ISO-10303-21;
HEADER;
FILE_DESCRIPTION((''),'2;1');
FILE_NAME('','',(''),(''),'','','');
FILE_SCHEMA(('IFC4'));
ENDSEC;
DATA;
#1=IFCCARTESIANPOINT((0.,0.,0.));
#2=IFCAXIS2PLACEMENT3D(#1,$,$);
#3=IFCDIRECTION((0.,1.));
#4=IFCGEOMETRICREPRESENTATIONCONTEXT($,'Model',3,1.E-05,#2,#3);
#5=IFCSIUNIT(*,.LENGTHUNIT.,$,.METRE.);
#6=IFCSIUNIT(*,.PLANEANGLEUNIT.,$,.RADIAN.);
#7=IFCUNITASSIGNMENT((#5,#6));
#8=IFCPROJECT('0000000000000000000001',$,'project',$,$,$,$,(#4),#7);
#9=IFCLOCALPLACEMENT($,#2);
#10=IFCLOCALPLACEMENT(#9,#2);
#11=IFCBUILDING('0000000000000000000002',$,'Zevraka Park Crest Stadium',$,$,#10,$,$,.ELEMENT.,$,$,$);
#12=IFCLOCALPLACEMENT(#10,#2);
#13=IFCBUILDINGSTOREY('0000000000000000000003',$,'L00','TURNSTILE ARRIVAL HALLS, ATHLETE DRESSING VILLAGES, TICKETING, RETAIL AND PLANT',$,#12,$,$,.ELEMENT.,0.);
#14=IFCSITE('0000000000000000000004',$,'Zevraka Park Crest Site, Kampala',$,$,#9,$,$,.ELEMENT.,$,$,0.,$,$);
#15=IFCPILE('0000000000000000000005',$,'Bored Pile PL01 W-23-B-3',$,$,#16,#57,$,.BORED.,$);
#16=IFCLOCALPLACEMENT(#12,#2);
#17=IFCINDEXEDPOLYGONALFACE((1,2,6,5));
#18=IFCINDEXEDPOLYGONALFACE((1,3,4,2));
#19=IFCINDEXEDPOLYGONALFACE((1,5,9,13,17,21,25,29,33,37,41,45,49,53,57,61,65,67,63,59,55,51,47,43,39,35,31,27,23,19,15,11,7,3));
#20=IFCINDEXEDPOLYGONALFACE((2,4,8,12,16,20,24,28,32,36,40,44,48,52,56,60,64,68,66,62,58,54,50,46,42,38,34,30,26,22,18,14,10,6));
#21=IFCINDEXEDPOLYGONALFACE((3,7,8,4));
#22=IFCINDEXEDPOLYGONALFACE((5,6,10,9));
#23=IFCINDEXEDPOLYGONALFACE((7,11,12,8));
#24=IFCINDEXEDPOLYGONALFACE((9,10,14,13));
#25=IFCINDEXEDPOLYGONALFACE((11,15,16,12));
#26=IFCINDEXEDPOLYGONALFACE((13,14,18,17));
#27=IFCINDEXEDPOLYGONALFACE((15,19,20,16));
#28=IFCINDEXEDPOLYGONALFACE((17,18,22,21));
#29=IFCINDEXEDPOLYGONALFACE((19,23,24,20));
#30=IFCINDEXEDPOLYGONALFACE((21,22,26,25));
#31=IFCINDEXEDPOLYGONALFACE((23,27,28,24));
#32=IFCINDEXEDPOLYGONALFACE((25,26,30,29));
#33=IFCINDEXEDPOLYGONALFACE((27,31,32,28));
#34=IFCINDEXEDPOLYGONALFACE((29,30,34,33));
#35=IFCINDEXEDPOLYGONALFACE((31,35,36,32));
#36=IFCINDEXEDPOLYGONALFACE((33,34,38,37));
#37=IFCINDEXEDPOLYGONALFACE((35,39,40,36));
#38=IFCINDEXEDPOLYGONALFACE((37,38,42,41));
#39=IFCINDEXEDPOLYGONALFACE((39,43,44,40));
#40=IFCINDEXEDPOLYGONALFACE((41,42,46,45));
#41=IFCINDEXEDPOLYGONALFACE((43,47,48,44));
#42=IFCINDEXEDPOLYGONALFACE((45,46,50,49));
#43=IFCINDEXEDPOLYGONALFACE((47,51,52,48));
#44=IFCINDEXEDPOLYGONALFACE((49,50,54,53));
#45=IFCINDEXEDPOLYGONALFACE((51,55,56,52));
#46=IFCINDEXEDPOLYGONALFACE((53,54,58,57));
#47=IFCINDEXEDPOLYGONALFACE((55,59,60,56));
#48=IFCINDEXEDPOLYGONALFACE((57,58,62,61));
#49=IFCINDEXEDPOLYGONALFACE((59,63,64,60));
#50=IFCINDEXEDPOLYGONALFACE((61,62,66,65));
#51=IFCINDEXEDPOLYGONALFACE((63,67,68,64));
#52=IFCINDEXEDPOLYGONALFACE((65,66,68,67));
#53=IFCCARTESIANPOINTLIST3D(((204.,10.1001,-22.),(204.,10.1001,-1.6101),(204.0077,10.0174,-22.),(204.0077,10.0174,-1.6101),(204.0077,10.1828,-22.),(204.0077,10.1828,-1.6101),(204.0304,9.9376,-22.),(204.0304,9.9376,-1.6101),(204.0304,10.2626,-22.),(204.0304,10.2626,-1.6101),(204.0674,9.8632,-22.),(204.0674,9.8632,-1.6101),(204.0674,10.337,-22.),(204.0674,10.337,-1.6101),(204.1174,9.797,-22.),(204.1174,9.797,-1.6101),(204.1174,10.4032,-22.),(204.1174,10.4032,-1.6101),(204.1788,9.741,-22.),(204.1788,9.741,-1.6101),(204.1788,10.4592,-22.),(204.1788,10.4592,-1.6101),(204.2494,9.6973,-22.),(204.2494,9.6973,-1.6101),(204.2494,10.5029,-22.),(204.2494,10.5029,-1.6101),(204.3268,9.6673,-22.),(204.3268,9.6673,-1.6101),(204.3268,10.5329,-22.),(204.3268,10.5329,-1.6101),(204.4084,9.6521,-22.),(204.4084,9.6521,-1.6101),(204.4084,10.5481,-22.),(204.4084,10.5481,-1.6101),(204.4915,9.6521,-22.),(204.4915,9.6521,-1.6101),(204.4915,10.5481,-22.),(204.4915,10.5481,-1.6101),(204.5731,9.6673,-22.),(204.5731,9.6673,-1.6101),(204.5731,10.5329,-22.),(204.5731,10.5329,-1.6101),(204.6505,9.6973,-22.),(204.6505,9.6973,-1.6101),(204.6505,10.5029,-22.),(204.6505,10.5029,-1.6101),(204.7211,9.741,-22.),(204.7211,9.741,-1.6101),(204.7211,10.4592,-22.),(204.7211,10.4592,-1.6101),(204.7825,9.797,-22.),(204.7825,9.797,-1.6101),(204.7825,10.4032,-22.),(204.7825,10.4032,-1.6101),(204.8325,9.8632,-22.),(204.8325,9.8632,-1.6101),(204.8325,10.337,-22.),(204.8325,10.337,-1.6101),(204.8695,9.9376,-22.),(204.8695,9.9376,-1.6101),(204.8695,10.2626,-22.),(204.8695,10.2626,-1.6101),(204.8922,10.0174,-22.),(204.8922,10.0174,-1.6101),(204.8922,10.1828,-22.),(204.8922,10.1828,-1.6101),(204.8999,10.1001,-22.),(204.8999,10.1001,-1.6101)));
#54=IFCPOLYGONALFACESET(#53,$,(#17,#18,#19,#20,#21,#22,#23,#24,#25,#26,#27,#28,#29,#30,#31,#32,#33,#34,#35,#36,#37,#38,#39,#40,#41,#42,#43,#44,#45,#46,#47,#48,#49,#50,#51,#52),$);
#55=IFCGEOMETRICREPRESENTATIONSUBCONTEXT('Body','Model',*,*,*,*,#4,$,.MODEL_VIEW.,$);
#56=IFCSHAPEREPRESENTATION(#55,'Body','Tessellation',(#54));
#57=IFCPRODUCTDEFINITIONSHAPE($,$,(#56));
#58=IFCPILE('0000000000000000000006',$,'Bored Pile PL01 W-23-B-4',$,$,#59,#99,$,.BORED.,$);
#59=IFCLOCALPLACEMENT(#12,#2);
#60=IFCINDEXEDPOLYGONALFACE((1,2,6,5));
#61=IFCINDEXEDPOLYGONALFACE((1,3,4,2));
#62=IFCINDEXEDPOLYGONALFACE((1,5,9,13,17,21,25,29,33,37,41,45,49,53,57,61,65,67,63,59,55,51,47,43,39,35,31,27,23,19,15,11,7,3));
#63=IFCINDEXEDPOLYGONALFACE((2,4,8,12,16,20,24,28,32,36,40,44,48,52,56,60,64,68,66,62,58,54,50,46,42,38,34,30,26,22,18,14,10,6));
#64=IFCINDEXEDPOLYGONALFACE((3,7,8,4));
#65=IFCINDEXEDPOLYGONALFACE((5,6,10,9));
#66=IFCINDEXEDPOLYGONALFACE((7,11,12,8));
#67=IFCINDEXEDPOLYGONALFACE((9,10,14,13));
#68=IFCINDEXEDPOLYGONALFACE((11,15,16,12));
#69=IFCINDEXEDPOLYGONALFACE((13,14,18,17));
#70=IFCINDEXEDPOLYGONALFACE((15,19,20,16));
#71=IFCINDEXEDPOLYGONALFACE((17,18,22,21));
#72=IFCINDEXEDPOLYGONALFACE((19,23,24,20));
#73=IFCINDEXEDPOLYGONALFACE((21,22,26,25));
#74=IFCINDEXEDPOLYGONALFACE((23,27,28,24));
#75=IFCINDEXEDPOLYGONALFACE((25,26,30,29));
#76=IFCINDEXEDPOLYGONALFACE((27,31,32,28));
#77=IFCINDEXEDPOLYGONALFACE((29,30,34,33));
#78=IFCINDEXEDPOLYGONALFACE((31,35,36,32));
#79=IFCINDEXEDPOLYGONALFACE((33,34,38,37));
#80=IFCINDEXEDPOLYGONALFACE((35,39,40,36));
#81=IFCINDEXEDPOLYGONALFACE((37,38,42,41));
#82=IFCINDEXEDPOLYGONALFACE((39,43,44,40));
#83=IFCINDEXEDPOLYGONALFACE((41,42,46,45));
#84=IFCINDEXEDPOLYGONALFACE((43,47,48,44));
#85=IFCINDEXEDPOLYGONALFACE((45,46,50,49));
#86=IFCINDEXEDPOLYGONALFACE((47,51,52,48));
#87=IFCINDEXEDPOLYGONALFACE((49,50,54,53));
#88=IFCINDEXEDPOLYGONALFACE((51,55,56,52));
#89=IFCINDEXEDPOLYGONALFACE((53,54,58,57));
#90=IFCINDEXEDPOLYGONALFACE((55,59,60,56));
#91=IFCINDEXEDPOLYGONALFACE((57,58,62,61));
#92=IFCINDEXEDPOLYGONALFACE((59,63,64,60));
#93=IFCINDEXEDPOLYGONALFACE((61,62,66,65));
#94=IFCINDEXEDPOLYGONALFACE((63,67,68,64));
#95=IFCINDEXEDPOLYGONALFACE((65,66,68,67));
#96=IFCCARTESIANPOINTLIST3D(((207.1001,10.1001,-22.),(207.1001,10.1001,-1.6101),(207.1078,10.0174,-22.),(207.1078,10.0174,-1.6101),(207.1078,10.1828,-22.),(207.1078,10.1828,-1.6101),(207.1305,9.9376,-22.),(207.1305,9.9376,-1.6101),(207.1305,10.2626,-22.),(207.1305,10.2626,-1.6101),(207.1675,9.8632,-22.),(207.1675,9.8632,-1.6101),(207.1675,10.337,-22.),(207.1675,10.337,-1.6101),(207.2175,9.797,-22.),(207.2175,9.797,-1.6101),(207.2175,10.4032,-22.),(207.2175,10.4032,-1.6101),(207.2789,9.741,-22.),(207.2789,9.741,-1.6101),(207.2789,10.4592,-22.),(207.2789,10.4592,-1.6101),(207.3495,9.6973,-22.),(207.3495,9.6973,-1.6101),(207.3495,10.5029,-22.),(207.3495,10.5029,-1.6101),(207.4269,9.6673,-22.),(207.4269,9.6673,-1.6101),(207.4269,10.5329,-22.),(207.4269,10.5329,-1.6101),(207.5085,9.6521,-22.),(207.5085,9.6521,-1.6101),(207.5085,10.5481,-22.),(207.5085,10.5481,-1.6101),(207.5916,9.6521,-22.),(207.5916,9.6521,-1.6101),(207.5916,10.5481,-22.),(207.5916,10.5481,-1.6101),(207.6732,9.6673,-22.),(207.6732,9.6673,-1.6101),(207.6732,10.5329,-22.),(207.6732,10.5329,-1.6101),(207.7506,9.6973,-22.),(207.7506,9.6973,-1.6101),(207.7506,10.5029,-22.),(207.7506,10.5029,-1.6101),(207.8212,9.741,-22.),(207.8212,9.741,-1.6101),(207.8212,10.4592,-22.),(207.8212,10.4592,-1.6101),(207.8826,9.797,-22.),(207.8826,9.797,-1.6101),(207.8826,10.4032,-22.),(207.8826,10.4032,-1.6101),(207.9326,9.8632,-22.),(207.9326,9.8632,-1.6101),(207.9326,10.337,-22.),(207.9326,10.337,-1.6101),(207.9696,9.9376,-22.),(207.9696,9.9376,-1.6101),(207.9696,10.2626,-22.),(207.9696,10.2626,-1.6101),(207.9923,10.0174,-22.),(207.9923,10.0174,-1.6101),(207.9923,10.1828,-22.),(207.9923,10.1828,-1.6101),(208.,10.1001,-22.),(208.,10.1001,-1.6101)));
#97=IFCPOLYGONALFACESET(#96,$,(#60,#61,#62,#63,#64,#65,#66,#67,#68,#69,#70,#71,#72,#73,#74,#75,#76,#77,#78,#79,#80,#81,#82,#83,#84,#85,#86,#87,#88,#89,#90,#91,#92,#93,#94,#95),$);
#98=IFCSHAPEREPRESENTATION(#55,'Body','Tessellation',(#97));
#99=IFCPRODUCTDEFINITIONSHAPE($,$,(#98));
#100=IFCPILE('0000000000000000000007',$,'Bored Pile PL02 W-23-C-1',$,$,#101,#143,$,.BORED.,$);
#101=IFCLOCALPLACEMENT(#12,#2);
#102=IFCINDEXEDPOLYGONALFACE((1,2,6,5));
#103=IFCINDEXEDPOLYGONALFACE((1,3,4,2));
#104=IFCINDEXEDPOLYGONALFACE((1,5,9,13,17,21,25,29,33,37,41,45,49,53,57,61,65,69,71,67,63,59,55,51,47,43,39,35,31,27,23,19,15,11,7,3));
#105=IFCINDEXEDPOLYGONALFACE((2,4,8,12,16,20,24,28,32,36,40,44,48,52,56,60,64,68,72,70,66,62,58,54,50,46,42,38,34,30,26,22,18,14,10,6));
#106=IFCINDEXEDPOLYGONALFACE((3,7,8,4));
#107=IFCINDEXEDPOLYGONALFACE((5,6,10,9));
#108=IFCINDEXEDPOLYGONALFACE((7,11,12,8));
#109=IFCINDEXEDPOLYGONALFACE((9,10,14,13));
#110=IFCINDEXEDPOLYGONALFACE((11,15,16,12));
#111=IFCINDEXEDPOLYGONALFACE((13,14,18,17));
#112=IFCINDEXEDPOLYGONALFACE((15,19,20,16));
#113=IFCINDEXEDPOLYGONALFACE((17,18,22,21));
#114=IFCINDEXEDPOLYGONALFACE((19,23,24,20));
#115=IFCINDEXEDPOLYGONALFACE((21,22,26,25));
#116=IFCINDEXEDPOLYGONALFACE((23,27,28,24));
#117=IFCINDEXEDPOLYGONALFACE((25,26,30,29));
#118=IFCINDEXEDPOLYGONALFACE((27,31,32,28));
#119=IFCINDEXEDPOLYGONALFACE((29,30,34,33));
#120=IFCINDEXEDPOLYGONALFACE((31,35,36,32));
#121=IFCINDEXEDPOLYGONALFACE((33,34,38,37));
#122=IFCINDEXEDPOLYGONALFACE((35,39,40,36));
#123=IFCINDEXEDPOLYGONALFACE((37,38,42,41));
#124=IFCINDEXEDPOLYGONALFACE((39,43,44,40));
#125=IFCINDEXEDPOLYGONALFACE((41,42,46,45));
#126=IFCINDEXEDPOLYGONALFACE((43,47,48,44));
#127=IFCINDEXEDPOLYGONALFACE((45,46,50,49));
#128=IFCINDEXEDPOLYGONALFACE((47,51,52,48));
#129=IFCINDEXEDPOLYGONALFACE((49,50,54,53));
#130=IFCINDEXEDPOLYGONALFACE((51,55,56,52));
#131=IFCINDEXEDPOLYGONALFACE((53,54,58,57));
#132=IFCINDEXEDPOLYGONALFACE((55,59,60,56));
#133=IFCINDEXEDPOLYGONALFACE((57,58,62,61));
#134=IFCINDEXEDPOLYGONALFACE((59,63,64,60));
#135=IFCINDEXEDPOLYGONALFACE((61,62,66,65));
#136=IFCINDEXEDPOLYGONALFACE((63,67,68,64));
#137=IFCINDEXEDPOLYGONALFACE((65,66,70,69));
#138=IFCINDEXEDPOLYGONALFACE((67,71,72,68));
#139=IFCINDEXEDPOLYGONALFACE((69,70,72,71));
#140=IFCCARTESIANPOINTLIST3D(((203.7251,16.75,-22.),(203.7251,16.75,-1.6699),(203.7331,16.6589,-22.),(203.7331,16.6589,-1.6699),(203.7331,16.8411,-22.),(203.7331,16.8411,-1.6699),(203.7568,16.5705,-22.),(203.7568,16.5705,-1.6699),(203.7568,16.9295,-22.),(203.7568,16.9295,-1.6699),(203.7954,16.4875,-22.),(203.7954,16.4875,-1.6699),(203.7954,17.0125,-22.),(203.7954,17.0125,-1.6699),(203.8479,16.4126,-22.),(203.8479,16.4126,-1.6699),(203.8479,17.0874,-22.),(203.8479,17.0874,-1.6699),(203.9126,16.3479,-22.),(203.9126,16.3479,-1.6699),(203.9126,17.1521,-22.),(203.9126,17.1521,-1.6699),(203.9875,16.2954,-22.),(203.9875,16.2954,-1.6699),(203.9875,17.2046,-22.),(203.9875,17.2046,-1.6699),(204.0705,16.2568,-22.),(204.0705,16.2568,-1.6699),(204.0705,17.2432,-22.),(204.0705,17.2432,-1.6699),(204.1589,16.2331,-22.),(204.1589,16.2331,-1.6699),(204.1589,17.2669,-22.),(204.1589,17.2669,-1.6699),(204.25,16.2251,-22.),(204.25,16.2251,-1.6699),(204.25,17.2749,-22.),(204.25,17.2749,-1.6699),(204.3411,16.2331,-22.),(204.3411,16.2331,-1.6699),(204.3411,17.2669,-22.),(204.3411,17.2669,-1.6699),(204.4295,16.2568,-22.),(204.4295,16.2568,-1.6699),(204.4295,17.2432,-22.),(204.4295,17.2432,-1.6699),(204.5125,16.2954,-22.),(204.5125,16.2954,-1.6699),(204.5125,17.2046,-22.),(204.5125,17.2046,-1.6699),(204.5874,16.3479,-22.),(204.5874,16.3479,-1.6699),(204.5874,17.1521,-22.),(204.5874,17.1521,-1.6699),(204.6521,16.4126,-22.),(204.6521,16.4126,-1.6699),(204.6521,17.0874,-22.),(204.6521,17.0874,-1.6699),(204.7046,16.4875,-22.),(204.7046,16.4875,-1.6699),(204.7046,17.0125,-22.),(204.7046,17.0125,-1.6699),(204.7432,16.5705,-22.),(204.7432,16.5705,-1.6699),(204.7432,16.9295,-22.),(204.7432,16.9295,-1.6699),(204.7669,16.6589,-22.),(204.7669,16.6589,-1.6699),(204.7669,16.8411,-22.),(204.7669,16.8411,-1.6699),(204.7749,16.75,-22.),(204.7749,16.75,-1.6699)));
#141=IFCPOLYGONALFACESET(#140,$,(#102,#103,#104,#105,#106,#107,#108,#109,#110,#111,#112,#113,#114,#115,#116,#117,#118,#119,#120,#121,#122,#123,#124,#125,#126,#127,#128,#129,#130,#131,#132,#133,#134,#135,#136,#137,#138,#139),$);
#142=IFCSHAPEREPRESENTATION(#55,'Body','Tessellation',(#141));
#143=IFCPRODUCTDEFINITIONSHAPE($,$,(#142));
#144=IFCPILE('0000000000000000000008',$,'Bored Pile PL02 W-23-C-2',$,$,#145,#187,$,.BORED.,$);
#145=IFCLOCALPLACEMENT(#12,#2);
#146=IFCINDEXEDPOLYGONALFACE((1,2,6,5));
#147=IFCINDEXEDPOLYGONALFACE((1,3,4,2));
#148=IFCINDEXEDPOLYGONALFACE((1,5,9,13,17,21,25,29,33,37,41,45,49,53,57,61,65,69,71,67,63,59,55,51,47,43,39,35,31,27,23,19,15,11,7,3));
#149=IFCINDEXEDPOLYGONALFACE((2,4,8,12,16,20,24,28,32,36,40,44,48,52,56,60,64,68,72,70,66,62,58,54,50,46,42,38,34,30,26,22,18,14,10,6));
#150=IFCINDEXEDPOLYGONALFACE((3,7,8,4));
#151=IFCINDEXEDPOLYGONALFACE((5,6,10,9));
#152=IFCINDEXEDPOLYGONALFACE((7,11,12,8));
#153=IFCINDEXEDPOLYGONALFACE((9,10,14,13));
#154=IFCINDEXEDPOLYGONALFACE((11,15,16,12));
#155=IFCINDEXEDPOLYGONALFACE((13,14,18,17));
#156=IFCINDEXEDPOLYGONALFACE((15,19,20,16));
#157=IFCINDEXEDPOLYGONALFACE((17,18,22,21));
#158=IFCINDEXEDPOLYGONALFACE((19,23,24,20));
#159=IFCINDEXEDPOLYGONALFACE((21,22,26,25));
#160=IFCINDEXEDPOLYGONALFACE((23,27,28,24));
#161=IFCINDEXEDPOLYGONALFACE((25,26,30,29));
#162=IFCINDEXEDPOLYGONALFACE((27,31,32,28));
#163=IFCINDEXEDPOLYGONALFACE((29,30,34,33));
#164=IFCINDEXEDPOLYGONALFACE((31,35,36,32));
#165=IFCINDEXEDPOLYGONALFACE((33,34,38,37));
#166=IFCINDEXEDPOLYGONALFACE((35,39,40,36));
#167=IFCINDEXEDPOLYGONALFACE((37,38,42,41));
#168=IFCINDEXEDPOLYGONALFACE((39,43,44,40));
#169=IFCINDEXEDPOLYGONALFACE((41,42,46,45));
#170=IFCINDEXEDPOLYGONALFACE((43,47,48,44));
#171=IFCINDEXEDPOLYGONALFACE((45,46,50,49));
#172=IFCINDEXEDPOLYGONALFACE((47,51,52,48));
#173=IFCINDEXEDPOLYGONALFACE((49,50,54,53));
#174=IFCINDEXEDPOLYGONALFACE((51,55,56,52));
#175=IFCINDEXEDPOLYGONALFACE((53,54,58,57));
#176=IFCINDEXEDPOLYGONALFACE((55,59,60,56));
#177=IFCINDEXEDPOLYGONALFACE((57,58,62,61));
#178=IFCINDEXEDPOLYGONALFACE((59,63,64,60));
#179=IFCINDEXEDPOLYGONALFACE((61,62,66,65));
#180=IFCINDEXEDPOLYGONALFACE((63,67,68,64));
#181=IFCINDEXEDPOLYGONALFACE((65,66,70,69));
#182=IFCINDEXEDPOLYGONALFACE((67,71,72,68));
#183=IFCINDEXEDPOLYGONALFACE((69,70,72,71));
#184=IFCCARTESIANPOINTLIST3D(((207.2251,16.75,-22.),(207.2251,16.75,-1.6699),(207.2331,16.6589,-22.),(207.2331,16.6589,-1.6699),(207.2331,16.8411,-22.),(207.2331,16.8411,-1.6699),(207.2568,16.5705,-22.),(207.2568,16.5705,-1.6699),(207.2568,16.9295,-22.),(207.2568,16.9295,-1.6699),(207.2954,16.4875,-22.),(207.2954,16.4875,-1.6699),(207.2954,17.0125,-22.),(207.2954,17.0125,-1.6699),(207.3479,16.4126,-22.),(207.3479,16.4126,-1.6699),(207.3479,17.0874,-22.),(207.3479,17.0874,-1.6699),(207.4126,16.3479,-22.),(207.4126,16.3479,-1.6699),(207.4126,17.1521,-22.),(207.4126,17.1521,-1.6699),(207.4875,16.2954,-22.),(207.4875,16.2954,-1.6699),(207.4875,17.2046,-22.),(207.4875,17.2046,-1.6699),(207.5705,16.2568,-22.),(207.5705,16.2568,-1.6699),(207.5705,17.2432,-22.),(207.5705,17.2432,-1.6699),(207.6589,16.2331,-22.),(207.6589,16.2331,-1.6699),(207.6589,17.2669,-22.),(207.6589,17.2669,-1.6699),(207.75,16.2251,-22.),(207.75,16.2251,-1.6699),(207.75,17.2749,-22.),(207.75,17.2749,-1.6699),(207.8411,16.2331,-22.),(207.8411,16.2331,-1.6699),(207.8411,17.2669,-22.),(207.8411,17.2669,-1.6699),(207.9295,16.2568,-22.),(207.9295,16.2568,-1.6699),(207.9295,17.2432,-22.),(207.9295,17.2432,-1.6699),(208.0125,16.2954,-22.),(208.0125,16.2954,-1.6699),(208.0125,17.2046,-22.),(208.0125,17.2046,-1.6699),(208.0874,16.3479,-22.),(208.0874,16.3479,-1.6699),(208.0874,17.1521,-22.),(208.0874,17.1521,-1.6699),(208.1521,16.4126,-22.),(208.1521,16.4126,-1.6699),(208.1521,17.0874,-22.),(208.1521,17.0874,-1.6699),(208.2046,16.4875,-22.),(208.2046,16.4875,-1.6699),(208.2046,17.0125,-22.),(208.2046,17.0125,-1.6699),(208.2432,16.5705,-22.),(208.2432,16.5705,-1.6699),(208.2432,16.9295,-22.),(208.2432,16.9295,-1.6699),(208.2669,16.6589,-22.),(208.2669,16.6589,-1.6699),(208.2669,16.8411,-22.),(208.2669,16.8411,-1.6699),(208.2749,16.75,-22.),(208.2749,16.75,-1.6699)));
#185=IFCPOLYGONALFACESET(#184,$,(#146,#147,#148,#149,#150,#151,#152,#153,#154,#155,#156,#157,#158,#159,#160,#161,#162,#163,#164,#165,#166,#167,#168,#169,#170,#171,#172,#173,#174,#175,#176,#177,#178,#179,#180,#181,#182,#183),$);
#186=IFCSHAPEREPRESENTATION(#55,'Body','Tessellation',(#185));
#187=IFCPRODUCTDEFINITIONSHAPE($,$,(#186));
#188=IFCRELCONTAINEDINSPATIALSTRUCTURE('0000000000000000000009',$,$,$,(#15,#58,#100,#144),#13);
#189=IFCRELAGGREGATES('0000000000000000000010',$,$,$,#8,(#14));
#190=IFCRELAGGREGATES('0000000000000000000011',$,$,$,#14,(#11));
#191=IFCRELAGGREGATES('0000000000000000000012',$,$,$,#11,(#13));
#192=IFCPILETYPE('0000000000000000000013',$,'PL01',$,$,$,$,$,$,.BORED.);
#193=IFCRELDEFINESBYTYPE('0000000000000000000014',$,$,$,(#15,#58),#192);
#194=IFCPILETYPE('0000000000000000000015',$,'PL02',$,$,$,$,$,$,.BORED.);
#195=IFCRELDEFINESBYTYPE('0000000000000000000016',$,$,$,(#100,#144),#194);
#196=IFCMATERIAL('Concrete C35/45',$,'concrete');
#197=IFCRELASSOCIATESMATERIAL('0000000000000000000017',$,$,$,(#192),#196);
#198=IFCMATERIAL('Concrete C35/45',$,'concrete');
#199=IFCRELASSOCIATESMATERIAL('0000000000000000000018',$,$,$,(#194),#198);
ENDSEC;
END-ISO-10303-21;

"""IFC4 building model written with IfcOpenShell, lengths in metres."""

from ifc_helpers import new_model, si_unit, direction, frame, origin, origin_2d, place, context, subcontext, project, spatial, circle, extrude, material, material_profile, profile_set, type_object, element, save


model = new_model("IFC4")

# Units and contexts
model_context = context("Model", 3, precision=1e-05, world=origin(), true_north=direction((0.0, 1.0)))
body_context = subcontext(model_context, "Body", "Model", "MODEL_VIEW")
ifc_project = project(units=[si_unit("LENGTHUNIT", "METRE"), si_unit("PLANEANGLEUNIT", "RADIAN")], contexts=[model_context])

# Site, building, storey
site_placement = place(None, origin())
site = spatial("IfcSite", under=ifc_project, at=site_placement, Name="Zevraka Park Crest Site, Kampala", CompositionType="ELEMENT", RefElevation=0.0)
building_placement = place(site_placement, origin())
building = spatial("IfcBuilding", under=site, at=building_placement, Name="Zevraka Park Crest Stadium", CompositionType="ELEMENT")
storey_placement = place(building_placement, origin())
storey = spatial("IfcBuildingStorey", under=building, at=storey_placement, Name="L00", Description="TURNSTILE ARRIVAL HALLS, ATHLETE DRESSING VILLAGES, TICKETING, RETAIL AND PLANT", CompositionType="ELEMENT", Elevation=0.0)

# Piles
ifc_material_1 = material(Name="Concrete C35/45", Category="concrete")
ifc_material_profile_1 = material_profile(ifc_material_1, circle(Radius=0.45, at=origin_2d()), Name="PILE D900")
ifc_profile_set_1 = profile_set([ifc_material_profile_1], Name="Concrete C35/45")
pile_type_1 = type_object("IfcPileType", Name="PL01", PredefinedType="BORED", material=ifc_profile_set_1)
for number, where, z_axis, x_axis, name in (
    (1, (204.45, 10.1001, -1.6101), (0.0, 0.0, -1.0), (1.0, 0.0, 0.0), "Bored Pile PL01 W-23-B-3"),
    (2, (207.55, 10.1001, -1.6101), (0.0, 0.0, -1.0), (1.0, 0.0, 0.0), "Bored Pile PL01 W-23-B-4"),
):
    element("IfcPile", number, at=place(storey_placement, frame(where, z_axis=z_axis, x_axis=x_axis)), inside=storey, type_object=pile_type_1, Name=name, PredefinedType="BORED", context=body_context, shape_type="SweptSolid", body=[
        extrude(circle(Radius=0.45, at=origin_2d()), origin(), (0.0, 0.0, 1.0), 20.3899),
    ])
ifc_material_2 = material(Name="Concrete C35/45", Category="concrete")
ifc_material_profile_2 = material_profile(ifc_material_2, circle(Radius=0.5249, at=origin_2d()), Name="PILE D1050")
ifc_profile_set_2 = profile_set([ifc_material_profile_2], Name="Concrete C35/45")
pile_type_2 = type_object("IfcPileType", Name="PL02", PredefinedType="BORED", material=ifc_profile_set_2)
for number, where, z_axis, x_axis, name in (
    (3, (204.25, 16.75, -1.6699), (0.0, 0.0, -1.0), (1.0, 0.0, 0.0), "Bored Pile PL02 W-23-C-1"),
    (4, (207.75, 16.75, -1.6699), (0.0, 0.0, -1.0), (1.0, 0.0, 0.0), "Bored Pile PL02 W-23-C-2"),
):
    element("IfcPile", number, at=place(storey_placement, frame(where, z_axis=z_axis, x_axis=x_axis)), inside=storey, type_object=pile_type_2, Name=name, PredefinedType="BORED", context=body_context, shape_type="SweptSolid", body=[
        extrude(circle(Radius=0.5249, at=origin_2d()), origin(), (0.0, 0.0, 1.0), 20.3301),
    ])

save(model, "model.ifc")
